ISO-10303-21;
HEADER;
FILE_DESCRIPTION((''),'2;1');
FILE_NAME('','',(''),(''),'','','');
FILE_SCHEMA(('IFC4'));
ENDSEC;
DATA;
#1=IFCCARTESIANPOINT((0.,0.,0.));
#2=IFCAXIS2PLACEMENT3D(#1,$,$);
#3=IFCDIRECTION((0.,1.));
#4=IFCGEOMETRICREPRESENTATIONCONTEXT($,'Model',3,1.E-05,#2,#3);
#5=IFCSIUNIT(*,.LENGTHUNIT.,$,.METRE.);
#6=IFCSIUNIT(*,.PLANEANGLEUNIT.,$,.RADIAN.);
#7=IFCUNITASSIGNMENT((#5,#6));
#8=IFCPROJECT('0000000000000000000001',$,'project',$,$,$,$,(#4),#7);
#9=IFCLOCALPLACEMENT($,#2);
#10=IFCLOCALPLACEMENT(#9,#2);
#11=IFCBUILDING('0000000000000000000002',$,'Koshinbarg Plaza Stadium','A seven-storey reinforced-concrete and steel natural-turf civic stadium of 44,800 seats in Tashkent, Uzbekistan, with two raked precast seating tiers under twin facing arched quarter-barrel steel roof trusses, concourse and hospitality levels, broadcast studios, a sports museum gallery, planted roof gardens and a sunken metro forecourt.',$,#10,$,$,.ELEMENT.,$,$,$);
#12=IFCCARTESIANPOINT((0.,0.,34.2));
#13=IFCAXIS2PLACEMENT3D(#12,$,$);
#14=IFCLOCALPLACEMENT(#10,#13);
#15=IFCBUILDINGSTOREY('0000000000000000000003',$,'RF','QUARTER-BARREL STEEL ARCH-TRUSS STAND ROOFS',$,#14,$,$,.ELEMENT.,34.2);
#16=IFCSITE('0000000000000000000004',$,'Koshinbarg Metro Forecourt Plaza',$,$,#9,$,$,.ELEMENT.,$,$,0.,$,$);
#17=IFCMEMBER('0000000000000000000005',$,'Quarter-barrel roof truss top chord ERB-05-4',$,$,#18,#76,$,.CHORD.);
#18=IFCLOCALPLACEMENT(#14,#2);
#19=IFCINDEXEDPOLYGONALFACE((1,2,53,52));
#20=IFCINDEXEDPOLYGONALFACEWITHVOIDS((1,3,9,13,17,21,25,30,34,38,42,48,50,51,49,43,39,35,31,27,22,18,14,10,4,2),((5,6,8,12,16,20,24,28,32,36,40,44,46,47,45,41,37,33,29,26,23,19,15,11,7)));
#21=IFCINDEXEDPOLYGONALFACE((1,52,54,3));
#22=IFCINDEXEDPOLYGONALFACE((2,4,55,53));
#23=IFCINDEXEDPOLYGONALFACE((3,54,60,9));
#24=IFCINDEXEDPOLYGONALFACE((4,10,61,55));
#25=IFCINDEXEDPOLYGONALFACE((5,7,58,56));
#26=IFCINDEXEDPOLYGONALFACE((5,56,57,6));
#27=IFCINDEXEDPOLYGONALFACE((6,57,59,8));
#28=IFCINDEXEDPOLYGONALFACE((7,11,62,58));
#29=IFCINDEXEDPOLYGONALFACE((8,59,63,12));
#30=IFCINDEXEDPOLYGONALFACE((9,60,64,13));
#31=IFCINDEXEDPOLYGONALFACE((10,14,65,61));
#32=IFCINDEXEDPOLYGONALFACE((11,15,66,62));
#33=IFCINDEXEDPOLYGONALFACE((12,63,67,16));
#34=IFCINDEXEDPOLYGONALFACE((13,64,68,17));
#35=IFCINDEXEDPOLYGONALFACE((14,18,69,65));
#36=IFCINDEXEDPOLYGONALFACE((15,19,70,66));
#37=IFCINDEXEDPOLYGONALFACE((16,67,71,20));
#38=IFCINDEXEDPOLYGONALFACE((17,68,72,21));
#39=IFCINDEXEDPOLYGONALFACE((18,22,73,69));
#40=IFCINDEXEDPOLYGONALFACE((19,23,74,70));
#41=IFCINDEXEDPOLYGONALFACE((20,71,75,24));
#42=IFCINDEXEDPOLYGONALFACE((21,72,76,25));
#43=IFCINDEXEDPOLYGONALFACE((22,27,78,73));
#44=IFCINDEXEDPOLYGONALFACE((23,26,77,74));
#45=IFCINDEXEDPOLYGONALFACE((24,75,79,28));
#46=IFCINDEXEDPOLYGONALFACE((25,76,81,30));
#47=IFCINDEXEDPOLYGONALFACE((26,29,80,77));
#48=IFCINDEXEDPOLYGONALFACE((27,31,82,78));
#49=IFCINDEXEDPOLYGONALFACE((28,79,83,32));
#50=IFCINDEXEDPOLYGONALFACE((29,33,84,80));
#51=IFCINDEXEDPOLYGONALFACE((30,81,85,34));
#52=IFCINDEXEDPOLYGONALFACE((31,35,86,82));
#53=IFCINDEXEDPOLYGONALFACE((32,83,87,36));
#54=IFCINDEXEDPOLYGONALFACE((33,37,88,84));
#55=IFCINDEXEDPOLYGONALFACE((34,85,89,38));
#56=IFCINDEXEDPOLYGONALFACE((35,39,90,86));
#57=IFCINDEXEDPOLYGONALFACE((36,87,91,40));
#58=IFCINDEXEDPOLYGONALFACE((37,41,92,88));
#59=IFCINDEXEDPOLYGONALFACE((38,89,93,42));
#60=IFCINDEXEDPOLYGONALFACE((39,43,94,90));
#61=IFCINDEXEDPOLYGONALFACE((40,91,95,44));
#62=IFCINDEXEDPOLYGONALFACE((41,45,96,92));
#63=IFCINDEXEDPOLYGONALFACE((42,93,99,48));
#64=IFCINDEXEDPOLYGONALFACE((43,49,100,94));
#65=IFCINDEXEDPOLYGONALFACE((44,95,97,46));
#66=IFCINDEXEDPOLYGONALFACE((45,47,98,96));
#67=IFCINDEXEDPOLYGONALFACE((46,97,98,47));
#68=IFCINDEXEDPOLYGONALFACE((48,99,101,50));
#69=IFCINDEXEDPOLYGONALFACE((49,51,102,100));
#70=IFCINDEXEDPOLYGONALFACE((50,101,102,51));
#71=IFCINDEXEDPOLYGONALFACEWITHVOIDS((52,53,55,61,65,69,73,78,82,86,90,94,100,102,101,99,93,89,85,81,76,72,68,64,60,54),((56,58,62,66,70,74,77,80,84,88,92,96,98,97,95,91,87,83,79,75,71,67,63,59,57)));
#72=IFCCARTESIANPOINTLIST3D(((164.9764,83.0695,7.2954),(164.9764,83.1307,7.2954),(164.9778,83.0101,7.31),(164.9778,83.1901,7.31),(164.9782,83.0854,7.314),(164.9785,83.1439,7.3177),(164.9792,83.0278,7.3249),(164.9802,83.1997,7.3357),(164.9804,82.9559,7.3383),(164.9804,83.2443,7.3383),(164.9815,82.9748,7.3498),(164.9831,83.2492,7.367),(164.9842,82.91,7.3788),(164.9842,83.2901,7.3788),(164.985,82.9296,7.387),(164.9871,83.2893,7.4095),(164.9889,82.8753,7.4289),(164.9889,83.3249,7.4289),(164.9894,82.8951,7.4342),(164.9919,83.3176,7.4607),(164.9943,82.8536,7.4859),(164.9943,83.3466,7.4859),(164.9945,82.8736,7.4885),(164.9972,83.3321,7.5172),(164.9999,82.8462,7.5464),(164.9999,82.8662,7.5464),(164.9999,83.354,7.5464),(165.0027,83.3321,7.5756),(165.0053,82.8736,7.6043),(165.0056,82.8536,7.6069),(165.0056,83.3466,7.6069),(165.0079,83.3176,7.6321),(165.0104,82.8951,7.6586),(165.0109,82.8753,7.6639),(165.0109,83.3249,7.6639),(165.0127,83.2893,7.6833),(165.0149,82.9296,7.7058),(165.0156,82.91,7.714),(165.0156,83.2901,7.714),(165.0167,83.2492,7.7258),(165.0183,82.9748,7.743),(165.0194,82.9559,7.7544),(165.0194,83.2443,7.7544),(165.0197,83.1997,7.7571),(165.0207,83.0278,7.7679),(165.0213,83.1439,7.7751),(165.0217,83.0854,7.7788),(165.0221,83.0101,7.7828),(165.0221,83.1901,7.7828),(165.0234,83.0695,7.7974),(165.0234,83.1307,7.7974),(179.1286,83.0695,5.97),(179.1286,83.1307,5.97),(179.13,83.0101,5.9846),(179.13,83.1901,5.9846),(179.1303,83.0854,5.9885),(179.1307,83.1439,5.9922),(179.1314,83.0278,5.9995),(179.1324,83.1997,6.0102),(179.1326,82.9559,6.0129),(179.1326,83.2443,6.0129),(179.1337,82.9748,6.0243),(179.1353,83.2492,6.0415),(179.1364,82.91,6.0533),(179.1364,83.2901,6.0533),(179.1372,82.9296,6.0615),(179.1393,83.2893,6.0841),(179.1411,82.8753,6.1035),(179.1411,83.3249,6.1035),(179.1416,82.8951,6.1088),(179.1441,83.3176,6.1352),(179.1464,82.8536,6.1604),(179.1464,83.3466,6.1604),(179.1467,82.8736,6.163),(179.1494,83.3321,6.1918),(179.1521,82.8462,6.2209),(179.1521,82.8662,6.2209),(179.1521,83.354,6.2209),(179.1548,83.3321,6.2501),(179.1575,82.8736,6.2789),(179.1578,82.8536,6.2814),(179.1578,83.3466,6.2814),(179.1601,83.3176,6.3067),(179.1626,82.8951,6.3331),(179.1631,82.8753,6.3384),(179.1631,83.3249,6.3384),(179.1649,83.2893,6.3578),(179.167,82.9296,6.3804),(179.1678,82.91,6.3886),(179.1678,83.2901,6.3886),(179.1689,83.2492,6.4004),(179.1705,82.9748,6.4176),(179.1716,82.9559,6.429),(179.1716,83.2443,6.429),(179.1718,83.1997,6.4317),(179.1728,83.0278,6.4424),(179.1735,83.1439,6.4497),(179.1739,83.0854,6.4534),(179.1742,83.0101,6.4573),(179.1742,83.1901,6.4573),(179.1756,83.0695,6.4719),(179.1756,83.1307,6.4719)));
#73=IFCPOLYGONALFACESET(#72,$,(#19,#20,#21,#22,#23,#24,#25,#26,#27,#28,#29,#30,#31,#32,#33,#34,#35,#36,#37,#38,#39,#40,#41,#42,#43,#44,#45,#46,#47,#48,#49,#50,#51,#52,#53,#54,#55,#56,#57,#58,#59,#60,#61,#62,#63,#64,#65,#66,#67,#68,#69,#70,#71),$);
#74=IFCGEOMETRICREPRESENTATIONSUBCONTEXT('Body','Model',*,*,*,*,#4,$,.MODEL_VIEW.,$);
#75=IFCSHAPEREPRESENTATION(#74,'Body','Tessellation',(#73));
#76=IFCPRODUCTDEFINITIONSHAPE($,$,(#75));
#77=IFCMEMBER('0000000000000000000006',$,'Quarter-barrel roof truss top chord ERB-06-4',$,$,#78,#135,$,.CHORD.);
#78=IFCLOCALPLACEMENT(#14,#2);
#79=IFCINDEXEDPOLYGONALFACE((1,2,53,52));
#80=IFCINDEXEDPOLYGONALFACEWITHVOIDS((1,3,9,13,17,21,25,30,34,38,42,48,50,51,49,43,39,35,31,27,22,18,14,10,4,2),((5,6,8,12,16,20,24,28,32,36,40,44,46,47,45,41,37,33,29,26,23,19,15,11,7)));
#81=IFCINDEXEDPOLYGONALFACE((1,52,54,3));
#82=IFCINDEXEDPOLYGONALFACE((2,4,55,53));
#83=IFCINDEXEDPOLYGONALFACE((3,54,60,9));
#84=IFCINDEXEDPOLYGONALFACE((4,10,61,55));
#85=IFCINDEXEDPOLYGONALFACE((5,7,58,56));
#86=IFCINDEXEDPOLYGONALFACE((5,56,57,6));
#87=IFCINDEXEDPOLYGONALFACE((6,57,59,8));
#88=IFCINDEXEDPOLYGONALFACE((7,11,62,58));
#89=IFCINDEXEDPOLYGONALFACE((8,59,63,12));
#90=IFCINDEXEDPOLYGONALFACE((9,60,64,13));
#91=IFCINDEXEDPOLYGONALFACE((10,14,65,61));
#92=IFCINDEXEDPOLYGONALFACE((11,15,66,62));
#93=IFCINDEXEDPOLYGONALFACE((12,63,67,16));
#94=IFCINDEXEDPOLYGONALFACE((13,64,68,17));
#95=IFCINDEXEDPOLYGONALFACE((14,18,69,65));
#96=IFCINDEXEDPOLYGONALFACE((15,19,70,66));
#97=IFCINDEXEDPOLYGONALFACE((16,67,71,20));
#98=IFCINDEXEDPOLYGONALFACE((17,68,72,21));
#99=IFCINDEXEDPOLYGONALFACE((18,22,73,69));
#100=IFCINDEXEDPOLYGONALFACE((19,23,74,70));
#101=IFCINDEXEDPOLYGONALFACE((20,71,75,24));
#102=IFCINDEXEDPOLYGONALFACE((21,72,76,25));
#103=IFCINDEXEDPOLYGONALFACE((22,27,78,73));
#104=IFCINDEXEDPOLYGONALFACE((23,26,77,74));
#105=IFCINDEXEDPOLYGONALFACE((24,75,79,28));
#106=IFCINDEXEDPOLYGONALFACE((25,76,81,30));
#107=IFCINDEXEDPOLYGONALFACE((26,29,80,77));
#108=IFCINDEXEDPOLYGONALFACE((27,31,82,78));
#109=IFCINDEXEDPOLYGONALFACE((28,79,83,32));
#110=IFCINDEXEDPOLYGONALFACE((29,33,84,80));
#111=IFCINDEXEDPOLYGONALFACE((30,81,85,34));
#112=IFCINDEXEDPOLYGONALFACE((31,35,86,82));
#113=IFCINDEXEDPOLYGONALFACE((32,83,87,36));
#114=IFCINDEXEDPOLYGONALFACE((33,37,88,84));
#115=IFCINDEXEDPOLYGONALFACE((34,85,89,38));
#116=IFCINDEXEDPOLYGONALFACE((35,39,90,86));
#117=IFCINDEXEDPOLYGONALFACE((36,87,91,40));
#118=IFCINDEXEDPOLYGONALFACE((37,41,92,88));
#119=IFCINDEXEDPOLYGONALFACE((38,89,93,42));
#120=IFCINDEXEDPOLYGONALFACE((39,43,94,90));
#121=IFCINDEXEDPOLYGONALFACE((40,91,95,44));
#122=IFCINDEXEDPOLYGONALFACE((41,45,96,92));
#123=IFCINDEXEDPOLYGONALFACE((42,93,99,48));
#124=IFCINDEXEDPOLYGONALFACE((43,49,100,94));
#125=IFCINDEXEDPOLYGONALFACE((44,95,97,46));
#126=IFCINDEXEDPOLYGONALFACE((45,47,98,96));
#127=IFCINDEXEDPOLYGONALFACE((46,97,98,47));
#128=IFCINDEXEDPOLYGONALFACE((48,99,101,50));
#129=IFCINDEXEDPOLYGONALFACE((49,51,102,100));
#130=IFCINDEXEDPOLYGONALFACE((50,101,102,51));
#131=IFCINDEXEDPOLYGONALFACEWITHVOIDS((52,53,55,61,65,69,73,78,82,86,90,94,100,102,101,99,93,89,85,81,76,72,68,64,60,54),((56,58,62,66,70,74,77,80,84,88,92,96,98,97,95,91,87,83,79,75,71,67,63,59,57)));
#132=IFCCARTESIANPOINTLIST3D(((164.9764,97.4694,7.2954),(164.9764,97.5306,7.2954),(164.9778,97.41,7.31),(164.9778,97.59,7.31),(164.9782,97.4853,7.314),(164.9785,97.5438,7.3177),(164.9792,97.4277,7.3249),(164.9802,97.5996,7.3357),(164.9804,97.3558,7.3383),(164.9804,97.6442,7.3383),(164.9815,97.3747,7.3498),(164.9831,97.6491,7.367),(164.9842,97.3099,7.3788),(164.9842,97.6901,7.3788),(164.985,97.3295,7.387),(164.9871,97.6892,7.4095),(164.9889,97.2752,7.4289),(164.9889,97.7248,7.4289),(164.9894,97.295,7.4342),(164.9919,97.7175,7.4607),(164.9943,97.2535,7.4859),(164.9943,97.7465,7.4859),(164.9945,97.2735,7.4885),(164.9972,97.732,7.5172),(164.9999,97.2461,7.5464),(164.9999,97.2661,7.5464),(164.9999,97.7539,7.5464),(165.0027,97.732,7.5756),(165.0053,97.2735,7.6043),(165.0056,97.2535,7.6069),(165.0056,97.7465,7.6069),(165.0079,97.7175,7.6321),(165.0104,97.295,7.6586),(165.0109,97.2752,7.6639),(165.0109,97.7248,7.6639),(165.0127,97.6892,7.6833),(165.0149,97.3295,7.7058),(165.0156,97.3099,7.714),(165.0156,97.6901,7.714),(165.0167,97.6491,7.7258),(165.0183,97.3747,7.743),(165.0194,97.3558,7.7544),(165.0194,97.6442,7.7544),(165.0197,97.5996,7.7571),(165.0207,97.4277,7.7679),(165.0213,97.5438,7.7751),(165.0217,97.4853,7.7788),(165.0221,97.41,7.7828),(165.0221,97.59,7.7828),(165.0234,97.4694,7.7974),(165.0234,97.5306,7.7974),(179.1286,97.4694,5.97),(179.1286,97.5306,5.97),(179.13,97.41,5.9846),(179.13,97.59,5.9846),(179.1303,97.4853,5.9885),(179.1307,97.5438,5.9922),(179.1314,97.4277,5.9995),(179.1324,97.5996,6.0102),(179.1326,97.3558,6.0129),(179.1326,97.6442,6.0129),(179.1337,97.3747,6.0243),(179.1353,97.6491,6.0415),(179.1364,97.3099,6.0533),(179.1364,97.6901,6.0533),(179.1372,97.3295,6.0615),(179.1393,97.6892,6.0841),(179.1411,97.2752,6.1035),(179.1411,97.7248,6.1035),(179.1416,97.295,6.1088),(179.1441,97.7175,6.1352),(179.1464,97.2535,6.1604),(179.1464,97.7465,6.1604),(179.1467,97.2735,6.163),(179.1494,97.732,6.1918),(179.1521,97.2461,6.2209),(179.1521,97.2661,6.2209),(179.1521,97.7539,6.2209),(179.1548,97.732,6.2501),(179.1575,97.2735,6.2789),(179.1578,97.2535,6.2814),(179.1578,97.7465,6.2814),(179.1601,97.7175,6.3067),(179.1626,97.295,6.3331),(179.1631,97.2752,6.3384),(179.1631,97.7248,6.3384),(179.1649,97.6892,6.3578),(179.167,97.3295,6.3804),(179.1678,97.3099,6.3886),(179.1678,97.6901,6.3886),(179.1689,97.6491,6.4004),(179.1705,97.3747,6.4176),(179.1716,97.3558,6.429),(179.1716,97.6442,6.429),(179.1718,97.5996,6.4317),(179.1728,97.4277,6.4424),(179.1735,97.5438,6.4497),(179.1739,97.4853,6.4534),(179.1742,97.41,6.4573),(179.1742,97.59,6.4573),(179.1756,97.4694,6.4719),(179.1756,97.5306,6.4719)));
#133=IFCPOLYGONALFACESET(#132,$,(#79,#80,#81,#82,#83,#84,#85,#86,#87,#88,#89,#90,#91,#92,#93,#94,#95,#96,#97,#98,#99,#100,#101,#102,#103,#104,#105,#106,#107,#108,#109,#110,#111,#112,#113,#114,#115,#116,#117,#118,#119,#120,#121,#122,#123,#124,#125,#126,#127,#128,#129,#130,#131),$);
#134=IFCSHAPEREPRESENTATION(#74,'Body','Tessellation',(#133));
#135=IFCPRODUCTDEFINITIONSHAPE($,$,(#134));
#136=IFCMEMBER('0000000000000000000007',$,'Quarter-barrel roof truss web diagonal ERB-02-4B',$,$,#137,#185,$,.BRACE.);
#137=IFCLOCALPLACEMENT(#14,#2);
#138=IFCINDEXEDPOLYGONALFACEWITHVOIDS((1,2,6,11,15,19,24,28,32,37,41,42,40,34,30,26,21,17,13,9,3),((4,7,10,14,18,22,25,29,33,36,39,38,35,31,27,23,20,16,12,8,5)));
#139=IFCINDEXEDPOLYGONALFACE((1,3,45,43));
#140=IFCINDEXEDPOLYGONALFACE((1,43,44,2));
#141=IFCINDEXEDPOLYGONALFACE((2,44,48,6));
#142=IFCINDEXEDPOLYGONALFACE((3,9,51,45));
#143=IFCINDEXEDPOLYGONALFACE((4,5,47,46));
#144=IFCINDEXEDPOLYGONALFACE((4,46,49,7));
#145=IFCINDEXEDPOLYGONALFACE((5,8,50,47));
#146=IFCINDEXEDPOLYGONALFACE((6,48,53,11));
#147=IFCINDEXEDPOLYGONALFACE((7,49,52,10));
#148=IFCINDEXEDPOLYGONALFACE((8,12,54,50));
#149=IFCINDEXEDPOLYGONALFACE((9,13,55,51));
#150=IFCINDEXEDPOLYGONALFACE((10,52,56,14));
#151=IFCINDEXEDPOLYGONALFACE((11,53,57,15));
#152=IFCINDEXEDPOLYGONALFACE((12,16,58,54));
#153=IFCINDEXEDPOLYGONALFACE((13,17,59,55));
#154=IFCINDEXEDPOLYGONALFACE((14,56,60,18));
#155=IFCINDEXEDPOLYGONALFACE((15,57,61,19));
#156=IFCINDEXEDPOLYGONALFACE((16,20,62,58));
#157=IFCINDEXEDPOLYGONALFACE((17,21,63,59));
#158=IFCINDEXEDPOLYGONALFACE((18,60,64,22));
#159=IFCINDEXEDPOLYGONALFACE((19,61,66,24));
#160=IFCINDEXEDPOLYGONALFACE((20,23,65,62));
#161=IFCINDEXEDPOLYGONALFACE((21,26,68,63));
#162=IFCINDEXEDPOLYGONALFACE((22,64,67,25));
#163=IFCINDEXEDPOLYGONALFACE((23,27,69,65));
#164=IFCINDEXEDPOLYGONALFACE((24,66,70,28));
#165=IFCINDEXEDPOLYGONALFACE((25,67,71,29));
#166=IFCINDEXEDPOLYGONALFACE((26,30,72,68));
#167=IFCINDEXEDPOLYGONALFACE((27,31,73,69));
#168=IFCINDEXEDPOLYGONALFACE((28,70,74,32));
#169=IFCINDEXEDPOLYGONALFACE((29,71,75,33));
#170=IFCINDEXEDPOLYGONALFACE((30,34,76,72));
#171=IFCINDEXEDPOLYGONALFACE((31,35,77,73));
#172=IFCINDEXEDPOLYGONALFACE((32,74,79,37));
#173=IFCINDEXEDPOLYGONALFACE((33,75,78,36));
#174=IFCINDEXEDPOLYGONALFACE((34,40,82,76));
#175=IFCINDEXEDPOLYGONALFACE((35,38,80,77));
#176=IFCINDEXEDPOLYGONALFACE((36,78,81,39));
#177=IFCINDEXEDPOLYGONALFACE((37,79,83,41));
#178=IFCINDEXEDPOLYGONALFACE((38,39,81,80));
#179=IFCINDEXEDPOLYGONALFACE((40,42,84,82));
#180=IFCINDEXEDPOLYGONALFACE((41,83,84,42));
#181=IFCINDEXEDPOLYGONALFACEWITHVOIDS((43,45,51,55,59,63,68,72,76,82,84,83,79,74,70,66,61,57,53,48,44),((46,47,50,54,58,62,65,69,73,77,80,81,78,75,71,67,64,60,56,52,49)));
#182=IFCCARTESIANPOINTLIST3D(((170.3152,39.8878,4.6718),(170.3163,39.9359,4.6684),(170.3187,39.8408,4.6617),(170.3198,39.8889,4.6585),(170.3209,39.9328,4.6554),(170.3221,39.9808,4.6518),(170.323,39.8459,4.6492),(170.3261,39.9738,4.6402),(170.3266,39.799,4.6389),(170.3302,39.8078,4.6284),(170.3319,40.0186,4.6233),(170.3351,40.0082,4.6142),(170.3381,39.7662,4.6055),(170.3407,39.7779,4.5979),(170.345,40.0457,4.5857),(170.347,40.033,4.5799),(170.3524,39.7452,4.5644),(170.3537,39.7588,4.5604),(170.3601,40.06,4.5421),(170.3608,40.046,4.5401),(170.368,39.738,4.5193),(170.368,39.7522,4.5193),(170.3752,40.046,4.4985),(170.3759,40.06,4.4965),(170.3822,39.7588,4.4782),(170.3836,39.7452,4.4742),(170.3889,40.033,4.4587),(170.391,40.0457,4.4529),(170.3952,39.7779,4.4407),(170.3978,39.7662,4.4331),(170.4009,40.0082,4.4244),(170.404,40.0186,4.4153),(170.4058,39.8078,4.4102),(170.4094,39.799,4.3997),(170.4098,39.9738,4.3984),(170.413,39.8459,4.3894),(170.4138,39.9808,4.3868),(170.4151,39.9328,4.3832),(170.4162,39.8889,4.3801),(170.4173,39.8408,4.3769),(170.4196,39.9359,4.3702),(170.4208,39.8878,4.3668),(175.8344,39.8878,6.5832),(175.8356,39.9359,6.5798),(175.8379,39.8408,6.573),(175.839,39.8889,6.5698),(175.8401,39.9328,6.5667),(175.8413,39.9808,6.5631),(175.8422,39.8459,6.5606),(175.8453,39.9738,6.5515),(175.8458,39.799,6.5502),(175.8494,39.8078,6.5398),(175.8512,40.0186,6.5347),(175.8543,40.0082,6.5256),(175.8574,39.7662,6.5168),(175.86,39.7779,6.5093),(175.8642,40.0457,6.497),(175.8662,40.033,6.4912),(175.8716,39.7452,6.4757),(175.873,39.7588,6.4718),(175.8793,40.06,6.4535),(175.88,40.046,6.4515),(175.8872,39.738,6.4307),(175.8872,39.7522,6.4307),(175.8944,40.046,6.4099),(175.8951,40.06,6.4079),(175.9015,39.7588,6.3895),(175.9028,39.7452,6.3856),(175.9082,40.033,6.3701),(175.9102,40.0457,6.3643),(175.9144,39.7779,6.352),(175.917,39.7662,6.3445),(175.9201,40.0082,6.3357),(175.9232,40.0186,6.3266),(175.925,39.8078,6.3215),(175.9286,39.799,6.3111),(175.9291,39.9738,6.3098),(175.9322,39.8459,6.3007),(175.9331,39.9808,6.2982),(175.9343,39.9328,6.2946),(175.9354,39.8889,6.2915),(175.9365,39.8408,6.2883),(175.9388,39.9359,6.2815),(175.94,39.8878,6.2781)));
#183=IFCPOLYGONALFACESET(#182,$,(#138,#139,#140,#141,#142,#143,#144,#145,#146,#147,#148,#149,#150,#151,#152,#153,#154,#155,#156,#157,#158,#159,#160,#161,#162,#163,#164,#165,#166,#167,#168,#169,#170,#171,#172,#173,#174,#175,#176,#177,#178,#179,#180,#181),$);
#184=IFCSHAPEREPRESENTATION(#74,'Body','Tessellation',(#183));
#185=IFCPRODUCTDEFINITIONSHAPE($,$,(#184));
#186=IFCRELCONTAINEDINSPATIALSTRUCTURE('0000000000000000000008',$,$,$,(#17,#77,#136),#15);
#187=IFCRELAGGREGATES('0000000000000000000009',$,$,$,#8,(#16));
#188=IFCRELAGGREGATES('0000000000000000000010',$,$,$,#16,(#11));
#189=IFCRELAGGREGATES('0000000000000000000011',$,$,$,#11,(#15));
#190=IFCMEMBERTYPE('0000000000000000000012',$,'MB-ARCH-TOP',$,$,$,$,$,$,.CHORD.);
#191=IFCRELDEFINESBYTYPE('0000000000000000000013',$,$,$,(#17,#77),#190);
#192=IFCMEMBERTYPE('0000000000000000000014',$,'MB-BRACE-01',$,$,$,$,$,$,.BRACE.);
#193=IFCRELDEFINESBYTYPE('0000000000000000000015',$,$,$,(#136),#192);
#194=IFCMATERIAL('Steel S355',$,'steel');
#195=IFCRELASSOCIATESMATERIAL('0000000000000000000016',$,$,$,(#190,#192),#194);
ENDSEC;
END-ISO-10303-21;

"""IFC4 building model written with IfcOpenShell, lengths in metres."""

from ifc_helpers import new_model, si_unit, direction, frame, origin, origin_2d, place, context, subcontext, project, spatial, hollow_circle, extrude, material, material_profile, profile_set, type_object, element, save


model = new_model("IFC4")

# Units and contexts
model_context = context("Model", 3, precision=1e-05, world=origin(), true_north=direction((0.0, 1.0)))
body_context = subcontext(model_context, "Body", "Model", "MODEL_VIEW")
ifc_project = project(units=[si_unit("LENGTHUNIT", "METRE"), si_unit("PLANEANGLEUNIT", "RADIAN")], contexts=[model_context])

# Site, building, storey
site_placement = place(None, origin())
site = spatial("IfcSite", under=ifc_project, at=site_placement, Name="Koshinbarg Metro Forecourt Plaza", CompositionType="ELEMENT", RefElevation=0.0)
building_placement = place(site_placement, origin())
building = spatial("IfcBuilding", under=site, at=building_placement, Name="Koshinbarg Plaza Stadium", Description="A seven-storey reinforced-concrete and steel natural-turf civic stadium of 44,800 seats in Tashkent, Uzbekistan, with two raked precast seating tiers under twin facing arched quarter-barrel steel roof trusses, concourse and hospitality levels, broadcast studios, a sports museum gallery, planted roof gardens and a sunken metro forecourt.", CompositionType="ELEMENT")
storey_placement = place(building_placement, frame((0.0, 0.0, 34.2)))
storey = spatial("IfcBuildingStorey", under=building, at=storey_placement, Name="RF", Description="QUARTER-BARREL STEEL ARCH-TRUSS STAND ROOFS", CompositionType="ELEMENT", Elevation=34.2)

# Members
ifc_material_1 = material(Name="Steel S355", Category="steel")
ifc_material_profile_1 = material_profile(ifc_material_1, hollow_circle(Radius=0.2539, WallThickness=0.02, at=origin_2d()), Name="CHS 508x20")
ifc_profile_set_1 = profile_set([ifc_material_profile_1], Name="Steel S355")
member_type_1 = type_object("IfcMemberType", Name="MB-ARCH-TOP", PredefinedType="CHORD", material=ifc_profile_set_1)
for number, where, z_axis, x_axis, name in (
    (1, (179.1521, 83.1001, 6.2209), (-0.995643, 0.0, 0.093249), (0.0, -1.0, 0.0), "Quarter-barrel roof truss top chord ERB-05-4"),
    (2, (179.1521, 97.5, 6.2209), (-0.995643, 0.0, 0.093249), (0.0, -1.0, 0.0), "Quarter-barrel roof truss top chord ERB-06-4"),
):
    element("IfcMember", number, at=place(storey_placement, frame(where, z_axis=z_axis, x_axis=x_axis)), inside=storey, type_object=member_type_1, Name=name, PredefinedType="CHORD", context=body_context, shape_type="SweptSolid", body=[
        extrude(hollow_circle(Radius=0.2539, WallThickness=0.02, at=origin_2d()), origin(), (0.0, 0.0, 1.0), 14.2141),
    ])
ifc_material_profile_2 = material_profile(ifc_material_1, hollow_circle(Radius=0.1619, WallThickness=0.0142, at=origin_2d()), Name="CHS 323.9x14.2")
ifc_profile_set_2 = profile_set([ifc_material_profile_2], Name="Steel S355")
member_type_2 = type_object("IfcMemberType", Name="MB-BRACE-01", PredefinedType="BRACE", material=ifc_profile_set_2)
member_1_placement = place(storey_placement, frame((175.8872, 39.8999, 6.4307), z_axis=(-0.944941, 0.0, -0.327241), x_axis=(0.0, -1.0, 0.0)))
element("IfcMember", 3, at=member_1_placement, inside=storey, type_object=member_type_2, Name="Quarter-barrel roof truss web diagonal ERB-02-4B", PredefinedType="BRACE", context=body_context, shape_type="SweptSolid", body=[
    extrude(hollow_circle(Radius=0.1619, WallThickness=0.0142, at=origin_2d()), origin(), (0.0, 0.0, 1.0), 5.8408),
])

save(model, "model.ifc")
